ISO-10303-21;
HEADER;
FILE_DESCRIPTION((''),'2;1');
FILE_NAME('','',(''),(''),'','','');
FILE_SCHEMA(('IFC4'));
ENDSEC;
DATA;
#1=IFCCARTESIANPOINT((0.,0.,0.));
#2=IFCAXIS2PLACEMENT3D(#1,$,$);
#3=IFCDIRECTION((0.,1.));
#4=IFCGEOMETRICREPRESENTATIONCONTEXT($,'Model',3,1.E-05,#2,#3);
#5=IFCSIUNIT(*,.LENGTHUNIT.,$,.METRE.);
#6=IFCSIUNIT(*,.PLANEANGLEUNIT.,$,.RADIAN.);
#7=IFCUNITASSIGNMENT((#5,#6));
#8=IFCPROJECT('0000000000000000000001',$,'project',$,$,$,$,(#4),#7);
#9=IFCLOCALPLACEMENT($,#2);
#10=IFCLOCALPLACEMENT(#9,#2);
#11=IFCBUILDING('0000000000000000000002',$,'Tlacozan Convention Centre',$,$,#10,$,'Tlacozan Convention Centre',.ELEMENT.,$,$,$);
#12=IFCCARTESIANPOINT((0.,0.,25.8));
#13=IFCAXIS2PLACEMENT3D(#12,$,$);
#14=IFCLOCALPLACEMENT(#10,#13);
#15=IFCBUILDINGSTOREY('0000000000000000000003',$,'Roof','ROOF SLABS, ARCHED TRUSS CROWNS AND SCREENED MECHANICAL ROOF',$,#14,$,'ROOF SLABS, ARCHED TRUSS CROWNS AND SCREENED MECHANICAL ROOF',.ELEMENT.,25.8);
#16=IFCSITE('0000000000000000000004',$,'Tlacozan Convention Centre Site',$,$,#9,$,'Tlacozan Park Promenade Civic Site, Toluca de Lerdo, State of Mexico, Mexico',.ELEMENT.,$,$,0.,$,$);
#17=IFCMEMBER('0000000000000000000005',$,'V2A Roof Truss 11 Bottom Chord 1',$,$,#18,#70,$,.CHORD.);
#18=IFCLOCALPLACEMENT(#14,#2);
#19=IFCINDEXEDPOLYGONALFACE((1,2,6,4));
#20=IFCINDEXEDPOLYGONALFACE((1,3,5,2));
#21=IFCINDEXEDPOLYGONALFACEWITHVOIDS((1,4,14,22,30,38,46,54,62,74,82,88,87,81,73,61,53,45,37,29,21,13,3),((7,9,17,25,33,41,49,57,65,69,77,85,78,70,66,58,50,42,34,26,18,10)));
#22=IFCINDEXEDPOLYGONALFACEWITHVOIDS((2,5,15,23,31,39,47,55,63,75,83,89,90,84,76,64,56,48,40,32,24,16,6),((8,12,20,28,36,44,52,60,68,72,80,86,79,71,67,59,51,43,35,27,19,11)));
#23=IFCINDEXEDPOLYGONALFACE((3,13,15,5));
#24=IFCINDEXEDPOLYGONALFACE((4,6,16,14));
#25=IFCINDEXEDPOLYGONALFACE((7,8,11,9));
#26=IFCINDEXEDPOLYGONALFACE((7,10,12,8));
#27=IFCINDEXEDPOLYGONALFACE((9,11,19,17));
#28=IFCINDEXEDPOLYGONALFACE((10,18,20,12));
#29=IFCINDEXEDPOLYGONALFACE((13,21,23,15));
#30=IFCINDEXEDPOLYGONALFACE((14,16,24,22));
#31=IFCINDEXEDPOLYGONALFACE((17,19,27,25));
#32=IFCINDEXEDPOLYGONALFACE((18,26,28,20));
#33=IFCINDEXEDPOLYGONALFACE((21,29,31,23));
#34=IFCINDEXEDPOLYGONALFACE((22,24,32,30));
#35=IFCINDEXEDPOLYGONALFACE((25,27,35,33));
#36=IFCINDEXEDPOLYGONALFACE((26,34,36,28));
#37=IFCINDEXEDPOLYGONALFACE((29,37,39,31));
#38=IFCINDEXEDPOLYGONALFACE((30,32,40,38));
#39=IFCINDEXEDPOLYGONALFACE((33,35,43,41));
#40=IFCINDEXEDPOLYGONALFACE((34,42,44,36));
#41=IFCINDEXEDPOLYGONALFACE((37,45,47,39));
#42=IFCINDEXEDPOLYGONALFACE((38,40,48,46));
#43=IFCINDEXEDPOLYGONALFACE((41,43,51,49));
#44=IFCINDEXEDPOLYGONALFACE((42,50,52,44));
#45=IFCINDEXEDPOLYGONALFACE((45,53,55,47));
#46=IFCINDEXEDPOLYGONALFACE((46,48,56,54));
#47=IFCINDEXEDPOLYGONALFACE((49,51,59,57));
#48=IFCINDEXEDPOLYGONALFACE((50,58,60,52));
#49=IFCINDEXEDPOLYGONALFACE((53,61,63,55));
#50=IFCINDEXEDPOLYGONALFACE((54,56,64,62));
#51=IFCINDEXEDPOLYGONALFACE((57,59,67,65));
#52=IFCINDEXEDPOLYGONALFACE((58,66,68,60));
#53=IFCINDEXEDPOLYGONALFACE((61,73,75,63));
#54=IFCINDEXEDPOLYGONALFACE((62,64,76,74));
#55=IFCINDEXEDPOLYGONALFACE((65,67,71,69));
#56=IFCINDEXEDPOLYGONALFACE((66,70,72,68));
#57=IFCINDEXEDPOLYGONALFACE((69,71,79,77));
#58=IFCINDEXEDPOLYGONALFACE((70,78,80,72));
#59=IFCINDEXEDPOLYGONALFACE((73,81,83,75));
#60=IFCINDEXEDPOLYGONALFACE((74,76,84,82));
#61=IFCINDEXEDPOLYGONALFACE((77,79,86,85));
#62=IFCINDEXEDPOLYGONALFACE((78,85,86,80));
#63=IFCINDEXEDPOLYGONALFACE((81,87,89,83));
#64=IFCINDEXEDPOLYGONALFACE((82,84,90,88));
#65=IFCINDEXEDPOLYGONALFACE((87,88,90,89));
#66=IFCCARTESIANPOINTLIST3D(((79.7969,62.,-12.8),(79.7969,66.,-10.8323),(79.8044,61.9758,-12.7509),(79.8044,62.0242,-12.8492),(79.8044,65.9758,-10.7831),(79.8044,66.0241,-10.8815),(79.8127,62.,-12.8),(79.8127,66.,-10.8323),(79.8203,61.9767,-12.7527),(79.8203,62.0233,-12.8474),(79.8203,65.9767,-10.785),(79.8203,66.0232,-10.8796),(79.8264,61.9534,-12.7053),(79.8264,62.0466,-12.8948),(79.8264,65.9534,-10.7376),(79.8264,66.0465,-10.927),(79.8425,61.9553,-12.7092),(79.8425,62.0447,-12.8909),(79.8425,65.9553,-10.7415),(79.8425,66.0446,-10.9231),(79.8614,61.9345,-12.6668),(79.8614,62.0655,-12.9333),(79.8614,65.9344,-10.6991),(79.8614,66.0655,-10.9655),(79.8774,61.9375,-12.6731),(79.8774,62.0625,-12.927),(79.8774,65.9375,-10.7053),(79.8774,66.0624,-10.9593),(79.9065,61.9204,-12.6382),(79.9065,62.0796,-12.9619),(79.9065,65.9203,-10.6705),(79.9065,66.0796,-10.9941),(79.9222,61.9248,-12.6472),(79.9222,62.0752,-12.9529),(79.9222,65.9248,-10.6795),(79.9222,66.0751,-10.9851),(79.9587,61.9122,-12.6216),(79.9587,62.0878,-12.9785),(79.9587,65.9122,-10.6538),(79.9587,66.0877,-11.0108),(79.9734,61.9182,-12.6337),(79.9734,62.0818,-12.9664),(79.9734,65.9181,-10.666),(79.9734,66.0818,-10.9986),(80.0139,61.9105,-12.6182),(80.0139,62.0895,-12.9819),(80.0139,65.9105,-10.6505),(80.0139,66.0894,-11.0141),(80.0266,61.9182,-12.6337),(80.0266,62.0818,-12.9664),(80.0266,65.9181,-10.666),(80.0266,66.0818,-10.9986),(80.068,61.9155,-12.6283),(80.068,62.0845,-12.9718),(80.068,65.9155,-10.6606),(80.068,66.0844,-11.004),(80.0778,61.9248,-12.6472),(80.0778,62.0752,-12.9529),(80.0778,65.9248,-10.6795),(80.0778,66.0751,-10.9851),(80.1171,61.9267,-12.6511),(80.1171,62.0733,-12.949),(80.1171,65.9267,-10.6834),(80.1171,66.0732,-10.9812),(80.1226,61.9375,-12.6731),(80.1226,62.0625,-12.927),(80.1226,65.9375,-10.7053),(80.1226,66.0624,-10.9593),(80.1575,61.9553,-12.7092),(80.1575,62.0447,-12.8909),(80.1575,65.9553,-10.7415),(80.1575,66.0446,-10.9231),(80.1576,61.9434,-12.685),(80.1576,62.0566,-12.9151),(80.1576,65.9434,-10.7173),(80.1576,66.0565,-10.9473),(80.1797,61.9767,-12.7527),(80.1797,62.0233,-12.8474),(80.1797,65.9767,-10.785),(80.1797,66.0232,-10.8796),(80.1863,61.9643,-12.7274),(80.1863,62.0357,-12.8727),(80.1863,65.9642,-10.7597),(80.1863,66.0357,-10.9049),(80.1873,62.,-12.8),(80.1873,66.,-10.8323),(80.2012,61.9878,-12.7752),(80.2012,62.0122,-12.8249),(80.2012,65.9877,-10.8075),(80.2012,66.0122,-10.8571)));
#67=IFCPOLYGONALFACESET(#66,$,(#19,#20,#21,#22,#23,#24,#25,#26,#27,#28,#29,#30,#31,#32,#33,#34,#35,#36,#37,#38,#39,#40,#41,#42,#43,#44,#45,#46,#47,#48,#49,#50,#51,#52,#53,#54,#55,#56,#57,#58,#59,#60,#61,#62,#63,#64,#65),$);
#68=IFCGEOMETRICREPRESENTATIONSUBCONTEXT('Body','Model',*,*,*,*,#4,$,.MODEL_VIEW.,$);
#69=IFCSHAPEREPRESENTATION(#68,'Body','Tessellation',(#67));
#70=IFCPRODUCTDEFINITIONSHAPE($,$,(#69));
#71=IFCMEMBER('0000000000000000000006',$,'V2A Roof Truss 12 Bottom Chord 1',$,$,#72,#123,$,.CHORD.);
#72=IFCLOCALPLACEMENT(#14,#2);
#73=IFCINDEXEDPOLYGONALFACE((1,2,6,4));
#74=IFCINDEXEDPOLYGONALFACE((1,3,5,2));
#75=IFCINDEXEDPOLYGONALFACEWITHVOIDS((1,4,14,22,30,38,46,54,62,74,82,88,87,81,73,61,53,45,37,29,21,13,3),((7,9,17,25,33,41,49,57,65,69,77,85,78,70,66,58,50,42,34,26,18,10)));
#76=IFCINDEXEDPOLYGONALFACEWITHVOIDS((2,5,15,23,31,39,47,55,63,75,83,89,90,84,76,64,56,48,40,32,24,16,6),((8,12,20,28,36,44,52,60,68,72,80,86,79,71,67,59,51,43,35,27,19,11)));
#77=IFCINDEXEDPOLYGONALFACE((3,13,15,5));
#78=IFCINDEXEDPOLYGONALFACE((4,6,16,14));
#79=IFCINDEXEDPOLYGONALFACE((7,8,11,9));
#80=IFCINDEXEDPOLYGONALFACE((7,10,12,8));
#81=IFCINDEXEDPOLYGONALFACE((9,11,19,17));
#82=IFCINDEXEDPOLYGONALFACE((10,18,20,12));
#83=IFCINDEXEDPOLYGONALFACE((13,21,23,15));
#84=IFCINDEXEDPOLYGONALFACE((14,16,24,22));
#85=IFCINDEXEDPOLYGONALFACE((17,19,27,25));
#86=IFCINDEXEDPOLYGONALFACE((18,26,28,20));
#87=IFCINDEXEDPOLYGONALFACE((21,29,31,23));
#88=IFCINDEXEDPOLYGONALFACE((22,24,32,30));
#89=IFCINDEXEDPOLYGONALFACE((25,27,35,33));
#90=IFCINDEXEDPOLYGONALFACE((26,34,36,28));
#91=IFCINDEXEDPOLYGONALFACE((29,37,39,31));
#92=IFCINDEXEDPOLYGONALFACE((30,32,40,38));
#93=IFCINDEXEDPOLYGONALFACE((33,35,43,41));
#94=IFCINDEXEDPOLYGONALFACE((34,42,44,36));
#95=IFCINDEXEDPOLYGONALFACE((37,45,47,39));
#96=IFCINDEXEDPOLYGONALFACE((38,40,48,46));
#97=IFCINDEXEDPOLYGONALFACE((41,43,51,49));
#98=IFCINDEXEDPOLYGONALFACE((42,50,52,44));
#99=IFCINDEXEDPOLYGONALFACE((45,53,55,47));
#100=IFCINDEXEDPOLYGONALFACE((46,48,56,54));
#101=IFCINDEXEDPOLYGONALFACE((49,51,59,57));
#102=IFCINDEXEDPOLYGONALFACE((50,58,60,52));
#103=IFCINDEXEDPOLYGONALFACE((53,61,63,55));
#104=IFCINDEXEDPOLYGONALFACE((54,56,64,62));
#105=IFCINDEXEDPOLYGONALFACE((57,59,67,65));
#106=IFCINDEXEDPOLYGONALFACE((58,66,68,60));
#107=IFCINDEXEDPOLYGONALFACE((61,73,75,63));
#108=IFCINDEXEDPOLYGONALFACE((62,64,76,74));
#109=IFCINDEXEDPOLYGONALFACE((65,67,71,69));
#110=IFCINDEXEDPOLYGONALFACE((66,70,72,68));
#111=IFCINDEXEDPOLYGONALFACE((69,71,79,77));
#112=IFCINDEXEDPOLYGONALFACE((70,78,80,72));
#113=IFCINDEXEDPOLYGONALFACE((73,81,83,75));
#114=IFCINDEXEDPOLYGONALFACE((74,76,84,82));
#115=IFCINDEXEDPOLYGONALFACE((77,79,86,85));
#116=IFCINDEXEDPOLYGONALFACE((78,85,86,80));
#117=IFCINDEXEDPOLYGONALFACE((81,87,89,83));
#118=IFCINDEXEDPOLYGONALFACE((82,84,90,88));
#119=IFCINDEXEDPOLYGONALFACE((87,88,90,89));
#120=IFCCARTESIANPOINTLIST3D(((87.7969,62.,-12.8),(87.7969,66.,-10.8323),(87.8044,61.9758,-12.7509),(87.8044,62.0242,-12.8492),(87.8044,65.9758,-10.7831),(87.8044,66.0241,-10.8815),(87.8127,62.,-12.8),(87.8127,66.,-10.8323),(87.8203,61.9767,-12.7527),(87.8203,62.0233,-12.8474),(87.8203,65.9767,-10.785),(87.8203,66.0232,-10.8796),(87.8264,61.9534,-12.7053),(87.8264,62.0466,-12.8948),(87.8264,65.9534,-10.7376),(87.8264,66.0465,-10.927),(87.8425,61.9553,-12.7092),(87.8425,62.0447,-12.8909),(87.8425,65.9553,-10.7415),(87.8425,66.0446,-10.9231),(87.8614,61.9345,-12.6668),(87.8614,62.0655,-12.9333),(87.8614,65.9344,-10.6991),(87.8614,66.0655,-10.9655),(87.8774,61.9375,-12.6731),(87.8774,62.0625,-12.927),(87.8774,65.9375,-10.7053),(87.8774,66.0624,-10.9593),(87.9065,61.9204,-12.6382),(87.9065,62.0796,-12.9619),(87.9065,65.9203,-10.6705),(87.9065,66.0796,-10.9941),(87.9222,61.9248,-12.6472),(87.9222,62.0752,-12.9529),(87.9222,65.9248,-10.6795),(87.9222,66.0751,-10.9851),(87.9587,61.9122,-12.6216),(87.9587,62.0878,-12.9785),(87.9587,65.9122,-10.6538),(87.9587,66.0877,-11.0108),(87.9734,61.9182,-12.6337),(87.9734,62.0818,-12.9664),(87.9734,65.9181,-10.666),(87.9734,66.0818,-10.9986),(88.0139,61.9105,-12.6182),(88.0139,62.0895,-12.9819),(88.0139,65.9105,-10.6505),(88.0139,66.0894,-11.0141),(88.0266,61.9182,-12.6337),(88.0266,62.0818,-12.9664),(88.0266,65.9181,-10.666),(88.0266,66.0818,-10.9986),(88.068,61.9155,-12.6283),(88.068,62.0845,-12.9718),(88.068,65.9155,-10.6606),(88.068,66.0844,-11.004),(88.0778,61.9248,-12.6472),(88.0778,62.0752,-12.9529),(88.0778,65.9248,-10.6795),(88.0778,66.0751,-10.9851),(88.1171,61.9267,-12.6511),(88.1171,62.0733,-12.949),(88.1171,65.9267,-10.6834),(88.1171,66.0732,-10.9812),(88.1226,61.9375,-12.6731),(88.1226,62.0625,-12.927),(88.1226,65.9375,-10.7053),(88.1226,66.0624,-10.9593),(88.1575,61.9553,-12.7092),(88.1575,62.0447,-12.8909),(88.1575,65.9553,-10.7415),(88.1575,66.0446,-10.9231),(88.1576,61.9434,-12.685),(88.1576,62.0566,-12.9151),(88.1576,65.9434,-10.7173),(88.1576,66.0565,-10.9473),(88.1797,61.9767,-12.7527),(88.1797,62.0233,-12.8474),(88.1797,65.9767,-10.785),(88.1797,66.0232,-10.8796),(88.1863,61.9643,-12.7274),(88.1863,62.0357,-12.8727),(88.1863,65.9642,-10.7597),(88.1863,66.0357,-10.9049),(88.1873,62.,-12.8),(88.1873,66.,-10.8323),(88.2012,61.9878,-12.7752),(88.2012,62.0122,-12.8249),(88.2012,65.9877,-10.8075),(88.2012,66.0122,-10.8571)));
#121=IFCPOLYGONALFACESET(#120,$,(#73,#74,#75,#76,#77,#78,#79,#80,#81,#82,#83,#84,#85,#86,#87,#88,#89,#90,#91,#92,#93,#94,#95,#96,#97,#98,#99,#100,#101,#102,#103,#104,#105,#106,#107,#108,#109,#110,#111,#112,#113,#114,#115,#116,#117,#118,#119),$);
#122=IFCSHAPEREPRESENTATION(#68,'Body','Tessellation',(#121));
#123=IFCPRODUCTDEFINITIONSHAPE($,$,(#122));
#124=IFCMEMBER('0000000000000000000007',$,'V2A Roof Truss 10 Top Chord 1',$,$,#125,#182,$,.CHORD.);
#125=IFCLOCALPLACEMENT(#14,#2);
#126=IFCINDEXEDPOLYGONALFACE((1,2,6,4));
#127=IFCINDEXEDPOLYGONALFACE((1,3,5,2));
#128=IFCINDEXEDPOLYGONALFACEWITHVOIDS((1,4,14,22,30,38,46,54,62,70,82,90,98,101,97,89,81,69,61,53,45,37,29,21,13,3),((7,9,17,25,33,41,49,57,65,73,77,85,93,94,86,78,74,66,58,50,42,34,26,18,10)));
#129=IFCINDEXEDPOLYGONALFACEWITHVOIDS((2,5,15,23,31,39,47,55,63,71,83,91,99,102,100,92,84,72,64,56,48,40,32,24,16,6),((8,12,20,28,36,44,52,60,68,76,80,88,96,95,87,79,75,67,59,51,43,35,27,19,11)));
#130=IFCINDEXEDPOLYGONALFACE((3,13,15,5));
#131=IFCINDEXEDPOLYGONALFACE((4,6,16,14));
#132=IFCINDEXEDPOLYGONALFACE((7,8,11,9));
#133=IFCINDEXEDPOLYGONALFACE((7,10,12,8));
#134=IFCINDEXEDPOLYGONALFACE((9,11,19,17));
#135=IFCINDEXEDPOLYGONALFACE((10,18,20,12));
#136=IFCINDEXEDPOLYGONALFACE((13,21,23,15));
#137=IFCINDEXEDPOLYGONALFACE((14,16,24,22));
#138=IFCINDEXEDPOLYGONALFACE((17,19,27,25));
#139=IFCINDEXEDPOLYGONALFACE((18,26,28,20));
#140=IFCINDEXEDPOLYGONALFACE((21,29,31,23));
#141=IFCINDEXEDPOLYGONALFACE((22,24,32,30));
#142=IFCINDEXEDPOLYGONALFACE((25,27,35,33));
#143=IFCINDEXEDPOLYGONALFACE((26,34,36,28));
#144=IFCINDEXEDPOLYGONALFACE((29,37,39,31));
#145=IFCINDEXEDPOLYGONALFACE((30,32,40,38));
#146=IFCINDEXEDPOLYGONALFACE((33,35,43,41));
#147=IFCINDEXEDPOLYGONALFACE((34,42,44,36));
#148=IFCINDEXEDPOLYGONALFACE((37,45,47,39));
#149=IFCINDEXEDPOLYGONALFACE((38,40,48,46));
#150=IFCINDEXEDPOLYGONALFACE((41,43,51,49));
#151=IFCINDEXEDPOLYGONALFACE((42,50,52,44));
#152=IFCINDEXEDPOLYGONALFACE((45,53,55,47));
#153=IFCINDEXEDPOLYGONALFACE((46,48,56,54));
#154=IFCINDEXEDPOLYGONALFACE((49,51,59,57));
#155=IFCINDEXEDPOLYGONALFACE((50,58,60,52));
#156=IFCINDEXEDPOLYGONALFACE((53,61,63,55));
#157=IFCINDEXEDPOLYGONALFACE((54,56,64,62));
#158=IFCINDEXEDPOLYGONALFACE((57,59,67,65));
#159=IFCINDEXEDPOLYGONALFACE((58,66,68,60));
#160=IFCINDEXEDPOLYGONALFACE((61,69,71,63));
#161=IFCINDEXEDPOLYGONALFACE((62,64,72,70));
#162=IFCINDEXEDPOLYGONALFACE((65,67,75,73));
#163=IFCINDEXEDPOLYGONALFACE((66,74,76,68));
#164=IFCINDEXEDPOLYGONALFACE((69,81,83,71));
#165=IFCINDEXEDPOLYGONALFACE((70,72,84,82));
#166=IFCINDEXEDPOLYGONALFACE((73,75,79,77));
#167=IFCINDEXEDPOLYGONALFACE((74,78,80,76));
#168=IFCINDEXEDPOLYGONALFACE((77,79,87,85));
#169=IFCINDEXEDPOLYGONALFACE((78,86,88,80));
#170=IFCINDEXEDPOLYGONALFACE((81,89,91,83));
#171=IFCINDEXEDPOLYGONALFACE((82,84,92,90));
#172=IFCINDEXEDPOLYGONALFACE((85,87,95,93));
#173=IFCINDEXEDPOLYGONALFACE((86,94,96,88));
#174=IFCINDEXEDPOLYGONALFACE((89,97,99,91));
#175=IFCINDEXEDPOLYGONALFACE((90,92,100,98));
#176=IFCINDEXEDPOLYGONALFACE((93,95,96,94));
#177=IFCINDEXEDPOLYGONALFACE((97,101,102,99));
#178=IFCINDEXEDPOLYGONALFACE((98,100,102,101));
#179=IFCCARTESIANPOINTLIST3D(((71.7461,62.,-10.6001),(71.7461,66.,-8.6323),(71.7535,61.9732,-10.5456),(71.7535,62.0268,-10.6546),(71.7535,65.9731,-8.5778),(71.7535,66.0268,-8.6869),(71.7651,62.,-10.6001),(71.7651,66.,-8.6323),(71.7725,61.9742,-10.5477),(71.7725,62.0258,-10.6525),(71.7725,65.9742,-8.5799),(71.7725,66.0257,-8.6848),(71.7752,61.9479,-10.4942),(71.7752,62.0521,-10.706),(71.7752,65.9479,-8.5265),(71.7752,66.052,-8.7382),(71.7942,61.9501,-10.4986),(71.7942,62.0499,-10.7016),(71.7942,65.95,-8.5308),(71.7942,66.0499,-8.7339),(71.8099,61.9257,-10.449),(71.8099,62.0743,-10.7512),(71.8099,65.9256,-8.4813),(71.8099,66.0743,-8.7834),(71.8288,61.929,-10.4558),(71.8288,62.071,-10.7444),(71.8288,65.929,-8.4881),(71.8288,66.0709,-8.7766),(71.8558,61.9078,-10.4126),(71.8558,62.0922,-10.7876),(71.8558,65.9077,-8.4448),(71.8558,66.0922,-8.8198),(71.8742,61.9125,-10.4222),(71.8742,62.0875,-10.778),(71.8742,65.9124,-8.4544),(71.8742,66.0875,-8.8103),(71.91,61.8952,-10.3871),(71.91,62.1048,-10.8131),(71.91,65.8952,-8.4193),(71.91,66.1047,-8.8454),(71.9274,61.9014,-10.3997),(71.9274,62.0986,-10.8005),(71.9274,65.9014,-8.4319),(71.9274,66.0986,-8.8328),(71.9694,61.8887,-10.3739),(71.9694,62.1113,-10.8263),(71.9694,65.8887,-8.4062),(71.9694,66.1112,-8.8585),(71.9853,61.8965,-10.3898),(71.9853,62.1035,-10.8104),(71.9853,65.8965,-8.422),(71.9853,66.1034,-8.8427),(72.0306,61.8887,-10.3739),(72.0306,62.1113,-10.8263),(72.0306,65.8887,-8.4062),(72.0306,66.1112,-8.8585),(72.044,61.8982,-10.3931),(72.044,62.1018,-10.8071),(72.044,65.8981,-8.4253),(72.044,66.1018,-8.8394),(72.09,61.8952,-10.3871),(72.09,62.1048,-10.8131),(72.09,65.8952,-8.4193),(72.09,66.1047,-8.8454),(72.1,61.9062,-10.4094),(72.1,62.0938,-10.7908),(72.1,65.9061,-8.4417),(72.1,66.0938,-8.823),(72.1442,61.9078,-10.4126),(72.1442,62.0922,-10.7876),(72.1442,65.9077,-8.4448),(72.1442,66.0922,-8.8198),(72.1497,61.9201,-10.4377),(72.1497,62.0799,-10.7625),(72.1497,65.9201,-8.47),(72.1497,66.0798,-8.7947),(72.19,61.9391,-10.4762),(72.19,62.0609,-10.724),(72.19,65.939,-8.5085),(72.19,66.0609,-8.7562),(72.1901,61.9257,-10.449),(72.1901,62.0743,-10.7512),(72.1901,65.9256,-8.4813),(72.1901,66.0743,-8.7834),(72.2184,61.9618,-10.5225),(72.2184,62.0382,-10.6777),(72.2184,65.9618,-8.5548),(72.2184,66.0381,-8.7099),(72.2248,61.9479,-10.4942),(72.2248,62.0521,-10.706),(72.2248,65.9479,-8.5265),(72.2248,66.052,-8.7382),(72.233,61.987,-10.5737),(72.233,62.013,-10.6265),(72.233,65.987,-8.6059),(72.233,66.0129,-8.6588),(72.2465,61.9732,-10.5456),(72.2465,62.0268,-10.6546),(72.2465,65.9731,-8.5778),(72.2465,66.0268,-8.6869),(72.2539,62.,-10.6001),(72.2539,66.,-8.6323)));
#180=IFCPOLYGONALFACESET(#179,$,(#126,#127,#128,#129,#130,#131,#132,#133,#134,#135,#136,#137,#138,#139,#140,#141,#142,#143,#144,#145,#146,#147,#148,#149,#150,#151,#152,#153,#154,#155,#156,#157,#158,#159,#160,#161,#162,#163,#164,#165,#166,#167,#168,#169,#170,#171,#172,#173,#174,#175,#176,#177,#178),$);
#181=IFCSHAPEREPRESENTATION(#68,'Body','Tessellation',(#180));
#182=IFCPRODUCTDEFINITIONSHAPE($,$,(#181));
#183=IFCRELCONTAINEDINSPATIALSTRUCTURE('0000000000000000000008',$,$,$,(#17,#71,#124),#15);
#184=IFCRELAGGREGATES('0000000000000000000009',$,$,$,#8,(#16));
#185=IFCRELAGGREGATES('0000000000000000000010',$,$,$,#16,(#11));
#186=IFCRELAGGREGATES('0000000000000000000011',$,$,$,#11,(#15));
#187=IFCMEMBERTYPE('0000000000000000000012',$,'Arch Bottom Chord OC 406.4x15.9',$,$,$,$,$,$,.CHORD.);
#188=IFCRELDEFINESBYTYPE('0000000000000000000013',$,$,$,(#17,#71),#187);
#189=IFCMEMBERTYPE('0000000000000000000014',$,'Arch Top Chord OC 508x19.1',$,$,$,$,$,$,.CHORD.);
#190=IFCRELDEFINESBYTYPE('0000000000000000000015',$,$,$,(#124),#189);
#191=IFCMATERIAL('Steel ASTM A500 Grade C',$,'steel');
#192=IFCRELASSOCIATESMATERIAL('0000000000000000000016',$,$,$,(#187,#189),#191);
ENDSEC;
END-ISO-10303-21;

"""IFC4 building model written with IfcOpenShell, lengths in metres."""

from ifc_helpers import new_model, si_unit, direction, frame, origin, origin_2d, place, context, subcontext, project, spatial, hollow_circle, extrude, material, material_profile, profile_set, type_object, element, save


model = new_model("IFC4")

# Units and contexts
model_context = context("Model", 3, precision=1e-05, world=origin(), true_north=direction((0.0, 1.0)))
body_context = subcontext(model_context, "Body", "Model", "MODEL_VIEW")
ifc_project = project(units=[si_unit("LENGTHUNIT", "METRE"), si_unit("PLANEANGLEUNIT", "RADIAN")], contexts=[model_context])

# Site, building, storey
site_placement = place(None, origin())
site = spatial("IfcSite", under=ifc_project, at=site_placement, Name="Tlacozan Convention Centre Site", LongName="Tlacozan Park Promenade Civic Site, Toluca de Lerdo, State of Mexico, Mexico", CompositionType="ELEMENT", RefElevation=0.0)
building_placement = place(site_placement, origin())
building = spatial("IfcBuilding", under=site, at=building_placement, Name="Tlacozan Convention Centre", LongName="Tlacozan Convention Centre", CompositionType="ELEMENT")
storey_placement = place(building_placement, frame((0.0, 0.0, 25.8)))
storey = spatial("IfcBuildingStorey", under=building, at=storey_placement, Name="Roof", Description="ROOF SLABS, ARCHED TRUSS CROWNS AND SCREENED MECHANICAL ROOF", LongName="ROOF SLABS, ARCHED TRUSS CROWNS AND SCREENED MECHANICAL ROOF", CompositionType="ELEMENT", Elevation=25.8)

# Members
ifc_material_1 = material(Name="Steel ASTM A500 Grade C", Category="steel")
ifc_material_profile_1 = material_profile(ifc_material_1, hollow_circle(Radius=0.2031, WallThickness=0.0159, at=origin_2d()), Name="OC 406.4x15.9")
ifc_profile_set_1 = profile_set([ifc_material_profile_1], Name="Steel ASTM A500 Grade C")
member_type_1 = type_object("IfcMemberType", Name="Arch Bottom Chord OC 406.4x15.9", PredefinedType="CHORD", material=ifc_profile_set_1)
for number, where, z_axis, x_axis, name in (
    (1, (80.0, 62.0, -12.8), (0.0, 0.8973, 0.441421), (-1.0, 0.0, 0.0), "V2A Roof Truss 11 Bottom Chord 1"),
    (2, (88.0, 62.0, -12.8), (0.0, 0.8973, 0.441421), (-1.0, 0.0, 0.0), "V2A Roof Truss 12 Bottom Chord 1"),
):
    element("IfcMember", number, at=place(storey_placement, frame(where, z_axis=z_axis, x_axis=x_axis)), inside=storey, type_object=member_type_1, Name=name, PredefinedType="CHORD", context=body_context, shape_type="SweptSolid", body=[
        extrude(hollow_circle(Radius=0.2031, WallThickness=0.0159, at=origin_2d()), origin(), (0.0, 0.0, 1.0), 4.4578),
    ])
ifc_material_profile_2 = material_profile(ifc_material_1, hollow_circle(Radius=0.2539, WallThickness=0.019, at=origin_2d()), Name="OC 508.0x19.1")
ifc_profile_set_2 = profile_set([ifc_material_profile_2], Name="Steel ASTM A500 Grade C")
member_type_2 = type_object("IfcMemberType", Name="Arch Top Chord OC 508x19.1", PredefinedType="CHORD", material=ifc_profile_set_2)
member_placement = place(storey_placement, frame((72.0, 62.0, -10.6001), z_axis=(0.0, 0.8973, 0.441421), x_axis=(-1.0, 0.0, 0.0)))
element("IfcMember", 3, at=member_placement, inside=storey, type_object=member_type_2, Name="V2A Roof Truss 10 Top Chord 1", PredefinedType="CHORD", context=body_context, shape_type="SweptSolid", body=[
    extrude(hollow_circle(Radius=0.2539, WallThickness=0.019, at=origin_2d()), origin(), (0.0, 0.0, 1.0), 4.4578),
])

save(model, "model.ifc")
